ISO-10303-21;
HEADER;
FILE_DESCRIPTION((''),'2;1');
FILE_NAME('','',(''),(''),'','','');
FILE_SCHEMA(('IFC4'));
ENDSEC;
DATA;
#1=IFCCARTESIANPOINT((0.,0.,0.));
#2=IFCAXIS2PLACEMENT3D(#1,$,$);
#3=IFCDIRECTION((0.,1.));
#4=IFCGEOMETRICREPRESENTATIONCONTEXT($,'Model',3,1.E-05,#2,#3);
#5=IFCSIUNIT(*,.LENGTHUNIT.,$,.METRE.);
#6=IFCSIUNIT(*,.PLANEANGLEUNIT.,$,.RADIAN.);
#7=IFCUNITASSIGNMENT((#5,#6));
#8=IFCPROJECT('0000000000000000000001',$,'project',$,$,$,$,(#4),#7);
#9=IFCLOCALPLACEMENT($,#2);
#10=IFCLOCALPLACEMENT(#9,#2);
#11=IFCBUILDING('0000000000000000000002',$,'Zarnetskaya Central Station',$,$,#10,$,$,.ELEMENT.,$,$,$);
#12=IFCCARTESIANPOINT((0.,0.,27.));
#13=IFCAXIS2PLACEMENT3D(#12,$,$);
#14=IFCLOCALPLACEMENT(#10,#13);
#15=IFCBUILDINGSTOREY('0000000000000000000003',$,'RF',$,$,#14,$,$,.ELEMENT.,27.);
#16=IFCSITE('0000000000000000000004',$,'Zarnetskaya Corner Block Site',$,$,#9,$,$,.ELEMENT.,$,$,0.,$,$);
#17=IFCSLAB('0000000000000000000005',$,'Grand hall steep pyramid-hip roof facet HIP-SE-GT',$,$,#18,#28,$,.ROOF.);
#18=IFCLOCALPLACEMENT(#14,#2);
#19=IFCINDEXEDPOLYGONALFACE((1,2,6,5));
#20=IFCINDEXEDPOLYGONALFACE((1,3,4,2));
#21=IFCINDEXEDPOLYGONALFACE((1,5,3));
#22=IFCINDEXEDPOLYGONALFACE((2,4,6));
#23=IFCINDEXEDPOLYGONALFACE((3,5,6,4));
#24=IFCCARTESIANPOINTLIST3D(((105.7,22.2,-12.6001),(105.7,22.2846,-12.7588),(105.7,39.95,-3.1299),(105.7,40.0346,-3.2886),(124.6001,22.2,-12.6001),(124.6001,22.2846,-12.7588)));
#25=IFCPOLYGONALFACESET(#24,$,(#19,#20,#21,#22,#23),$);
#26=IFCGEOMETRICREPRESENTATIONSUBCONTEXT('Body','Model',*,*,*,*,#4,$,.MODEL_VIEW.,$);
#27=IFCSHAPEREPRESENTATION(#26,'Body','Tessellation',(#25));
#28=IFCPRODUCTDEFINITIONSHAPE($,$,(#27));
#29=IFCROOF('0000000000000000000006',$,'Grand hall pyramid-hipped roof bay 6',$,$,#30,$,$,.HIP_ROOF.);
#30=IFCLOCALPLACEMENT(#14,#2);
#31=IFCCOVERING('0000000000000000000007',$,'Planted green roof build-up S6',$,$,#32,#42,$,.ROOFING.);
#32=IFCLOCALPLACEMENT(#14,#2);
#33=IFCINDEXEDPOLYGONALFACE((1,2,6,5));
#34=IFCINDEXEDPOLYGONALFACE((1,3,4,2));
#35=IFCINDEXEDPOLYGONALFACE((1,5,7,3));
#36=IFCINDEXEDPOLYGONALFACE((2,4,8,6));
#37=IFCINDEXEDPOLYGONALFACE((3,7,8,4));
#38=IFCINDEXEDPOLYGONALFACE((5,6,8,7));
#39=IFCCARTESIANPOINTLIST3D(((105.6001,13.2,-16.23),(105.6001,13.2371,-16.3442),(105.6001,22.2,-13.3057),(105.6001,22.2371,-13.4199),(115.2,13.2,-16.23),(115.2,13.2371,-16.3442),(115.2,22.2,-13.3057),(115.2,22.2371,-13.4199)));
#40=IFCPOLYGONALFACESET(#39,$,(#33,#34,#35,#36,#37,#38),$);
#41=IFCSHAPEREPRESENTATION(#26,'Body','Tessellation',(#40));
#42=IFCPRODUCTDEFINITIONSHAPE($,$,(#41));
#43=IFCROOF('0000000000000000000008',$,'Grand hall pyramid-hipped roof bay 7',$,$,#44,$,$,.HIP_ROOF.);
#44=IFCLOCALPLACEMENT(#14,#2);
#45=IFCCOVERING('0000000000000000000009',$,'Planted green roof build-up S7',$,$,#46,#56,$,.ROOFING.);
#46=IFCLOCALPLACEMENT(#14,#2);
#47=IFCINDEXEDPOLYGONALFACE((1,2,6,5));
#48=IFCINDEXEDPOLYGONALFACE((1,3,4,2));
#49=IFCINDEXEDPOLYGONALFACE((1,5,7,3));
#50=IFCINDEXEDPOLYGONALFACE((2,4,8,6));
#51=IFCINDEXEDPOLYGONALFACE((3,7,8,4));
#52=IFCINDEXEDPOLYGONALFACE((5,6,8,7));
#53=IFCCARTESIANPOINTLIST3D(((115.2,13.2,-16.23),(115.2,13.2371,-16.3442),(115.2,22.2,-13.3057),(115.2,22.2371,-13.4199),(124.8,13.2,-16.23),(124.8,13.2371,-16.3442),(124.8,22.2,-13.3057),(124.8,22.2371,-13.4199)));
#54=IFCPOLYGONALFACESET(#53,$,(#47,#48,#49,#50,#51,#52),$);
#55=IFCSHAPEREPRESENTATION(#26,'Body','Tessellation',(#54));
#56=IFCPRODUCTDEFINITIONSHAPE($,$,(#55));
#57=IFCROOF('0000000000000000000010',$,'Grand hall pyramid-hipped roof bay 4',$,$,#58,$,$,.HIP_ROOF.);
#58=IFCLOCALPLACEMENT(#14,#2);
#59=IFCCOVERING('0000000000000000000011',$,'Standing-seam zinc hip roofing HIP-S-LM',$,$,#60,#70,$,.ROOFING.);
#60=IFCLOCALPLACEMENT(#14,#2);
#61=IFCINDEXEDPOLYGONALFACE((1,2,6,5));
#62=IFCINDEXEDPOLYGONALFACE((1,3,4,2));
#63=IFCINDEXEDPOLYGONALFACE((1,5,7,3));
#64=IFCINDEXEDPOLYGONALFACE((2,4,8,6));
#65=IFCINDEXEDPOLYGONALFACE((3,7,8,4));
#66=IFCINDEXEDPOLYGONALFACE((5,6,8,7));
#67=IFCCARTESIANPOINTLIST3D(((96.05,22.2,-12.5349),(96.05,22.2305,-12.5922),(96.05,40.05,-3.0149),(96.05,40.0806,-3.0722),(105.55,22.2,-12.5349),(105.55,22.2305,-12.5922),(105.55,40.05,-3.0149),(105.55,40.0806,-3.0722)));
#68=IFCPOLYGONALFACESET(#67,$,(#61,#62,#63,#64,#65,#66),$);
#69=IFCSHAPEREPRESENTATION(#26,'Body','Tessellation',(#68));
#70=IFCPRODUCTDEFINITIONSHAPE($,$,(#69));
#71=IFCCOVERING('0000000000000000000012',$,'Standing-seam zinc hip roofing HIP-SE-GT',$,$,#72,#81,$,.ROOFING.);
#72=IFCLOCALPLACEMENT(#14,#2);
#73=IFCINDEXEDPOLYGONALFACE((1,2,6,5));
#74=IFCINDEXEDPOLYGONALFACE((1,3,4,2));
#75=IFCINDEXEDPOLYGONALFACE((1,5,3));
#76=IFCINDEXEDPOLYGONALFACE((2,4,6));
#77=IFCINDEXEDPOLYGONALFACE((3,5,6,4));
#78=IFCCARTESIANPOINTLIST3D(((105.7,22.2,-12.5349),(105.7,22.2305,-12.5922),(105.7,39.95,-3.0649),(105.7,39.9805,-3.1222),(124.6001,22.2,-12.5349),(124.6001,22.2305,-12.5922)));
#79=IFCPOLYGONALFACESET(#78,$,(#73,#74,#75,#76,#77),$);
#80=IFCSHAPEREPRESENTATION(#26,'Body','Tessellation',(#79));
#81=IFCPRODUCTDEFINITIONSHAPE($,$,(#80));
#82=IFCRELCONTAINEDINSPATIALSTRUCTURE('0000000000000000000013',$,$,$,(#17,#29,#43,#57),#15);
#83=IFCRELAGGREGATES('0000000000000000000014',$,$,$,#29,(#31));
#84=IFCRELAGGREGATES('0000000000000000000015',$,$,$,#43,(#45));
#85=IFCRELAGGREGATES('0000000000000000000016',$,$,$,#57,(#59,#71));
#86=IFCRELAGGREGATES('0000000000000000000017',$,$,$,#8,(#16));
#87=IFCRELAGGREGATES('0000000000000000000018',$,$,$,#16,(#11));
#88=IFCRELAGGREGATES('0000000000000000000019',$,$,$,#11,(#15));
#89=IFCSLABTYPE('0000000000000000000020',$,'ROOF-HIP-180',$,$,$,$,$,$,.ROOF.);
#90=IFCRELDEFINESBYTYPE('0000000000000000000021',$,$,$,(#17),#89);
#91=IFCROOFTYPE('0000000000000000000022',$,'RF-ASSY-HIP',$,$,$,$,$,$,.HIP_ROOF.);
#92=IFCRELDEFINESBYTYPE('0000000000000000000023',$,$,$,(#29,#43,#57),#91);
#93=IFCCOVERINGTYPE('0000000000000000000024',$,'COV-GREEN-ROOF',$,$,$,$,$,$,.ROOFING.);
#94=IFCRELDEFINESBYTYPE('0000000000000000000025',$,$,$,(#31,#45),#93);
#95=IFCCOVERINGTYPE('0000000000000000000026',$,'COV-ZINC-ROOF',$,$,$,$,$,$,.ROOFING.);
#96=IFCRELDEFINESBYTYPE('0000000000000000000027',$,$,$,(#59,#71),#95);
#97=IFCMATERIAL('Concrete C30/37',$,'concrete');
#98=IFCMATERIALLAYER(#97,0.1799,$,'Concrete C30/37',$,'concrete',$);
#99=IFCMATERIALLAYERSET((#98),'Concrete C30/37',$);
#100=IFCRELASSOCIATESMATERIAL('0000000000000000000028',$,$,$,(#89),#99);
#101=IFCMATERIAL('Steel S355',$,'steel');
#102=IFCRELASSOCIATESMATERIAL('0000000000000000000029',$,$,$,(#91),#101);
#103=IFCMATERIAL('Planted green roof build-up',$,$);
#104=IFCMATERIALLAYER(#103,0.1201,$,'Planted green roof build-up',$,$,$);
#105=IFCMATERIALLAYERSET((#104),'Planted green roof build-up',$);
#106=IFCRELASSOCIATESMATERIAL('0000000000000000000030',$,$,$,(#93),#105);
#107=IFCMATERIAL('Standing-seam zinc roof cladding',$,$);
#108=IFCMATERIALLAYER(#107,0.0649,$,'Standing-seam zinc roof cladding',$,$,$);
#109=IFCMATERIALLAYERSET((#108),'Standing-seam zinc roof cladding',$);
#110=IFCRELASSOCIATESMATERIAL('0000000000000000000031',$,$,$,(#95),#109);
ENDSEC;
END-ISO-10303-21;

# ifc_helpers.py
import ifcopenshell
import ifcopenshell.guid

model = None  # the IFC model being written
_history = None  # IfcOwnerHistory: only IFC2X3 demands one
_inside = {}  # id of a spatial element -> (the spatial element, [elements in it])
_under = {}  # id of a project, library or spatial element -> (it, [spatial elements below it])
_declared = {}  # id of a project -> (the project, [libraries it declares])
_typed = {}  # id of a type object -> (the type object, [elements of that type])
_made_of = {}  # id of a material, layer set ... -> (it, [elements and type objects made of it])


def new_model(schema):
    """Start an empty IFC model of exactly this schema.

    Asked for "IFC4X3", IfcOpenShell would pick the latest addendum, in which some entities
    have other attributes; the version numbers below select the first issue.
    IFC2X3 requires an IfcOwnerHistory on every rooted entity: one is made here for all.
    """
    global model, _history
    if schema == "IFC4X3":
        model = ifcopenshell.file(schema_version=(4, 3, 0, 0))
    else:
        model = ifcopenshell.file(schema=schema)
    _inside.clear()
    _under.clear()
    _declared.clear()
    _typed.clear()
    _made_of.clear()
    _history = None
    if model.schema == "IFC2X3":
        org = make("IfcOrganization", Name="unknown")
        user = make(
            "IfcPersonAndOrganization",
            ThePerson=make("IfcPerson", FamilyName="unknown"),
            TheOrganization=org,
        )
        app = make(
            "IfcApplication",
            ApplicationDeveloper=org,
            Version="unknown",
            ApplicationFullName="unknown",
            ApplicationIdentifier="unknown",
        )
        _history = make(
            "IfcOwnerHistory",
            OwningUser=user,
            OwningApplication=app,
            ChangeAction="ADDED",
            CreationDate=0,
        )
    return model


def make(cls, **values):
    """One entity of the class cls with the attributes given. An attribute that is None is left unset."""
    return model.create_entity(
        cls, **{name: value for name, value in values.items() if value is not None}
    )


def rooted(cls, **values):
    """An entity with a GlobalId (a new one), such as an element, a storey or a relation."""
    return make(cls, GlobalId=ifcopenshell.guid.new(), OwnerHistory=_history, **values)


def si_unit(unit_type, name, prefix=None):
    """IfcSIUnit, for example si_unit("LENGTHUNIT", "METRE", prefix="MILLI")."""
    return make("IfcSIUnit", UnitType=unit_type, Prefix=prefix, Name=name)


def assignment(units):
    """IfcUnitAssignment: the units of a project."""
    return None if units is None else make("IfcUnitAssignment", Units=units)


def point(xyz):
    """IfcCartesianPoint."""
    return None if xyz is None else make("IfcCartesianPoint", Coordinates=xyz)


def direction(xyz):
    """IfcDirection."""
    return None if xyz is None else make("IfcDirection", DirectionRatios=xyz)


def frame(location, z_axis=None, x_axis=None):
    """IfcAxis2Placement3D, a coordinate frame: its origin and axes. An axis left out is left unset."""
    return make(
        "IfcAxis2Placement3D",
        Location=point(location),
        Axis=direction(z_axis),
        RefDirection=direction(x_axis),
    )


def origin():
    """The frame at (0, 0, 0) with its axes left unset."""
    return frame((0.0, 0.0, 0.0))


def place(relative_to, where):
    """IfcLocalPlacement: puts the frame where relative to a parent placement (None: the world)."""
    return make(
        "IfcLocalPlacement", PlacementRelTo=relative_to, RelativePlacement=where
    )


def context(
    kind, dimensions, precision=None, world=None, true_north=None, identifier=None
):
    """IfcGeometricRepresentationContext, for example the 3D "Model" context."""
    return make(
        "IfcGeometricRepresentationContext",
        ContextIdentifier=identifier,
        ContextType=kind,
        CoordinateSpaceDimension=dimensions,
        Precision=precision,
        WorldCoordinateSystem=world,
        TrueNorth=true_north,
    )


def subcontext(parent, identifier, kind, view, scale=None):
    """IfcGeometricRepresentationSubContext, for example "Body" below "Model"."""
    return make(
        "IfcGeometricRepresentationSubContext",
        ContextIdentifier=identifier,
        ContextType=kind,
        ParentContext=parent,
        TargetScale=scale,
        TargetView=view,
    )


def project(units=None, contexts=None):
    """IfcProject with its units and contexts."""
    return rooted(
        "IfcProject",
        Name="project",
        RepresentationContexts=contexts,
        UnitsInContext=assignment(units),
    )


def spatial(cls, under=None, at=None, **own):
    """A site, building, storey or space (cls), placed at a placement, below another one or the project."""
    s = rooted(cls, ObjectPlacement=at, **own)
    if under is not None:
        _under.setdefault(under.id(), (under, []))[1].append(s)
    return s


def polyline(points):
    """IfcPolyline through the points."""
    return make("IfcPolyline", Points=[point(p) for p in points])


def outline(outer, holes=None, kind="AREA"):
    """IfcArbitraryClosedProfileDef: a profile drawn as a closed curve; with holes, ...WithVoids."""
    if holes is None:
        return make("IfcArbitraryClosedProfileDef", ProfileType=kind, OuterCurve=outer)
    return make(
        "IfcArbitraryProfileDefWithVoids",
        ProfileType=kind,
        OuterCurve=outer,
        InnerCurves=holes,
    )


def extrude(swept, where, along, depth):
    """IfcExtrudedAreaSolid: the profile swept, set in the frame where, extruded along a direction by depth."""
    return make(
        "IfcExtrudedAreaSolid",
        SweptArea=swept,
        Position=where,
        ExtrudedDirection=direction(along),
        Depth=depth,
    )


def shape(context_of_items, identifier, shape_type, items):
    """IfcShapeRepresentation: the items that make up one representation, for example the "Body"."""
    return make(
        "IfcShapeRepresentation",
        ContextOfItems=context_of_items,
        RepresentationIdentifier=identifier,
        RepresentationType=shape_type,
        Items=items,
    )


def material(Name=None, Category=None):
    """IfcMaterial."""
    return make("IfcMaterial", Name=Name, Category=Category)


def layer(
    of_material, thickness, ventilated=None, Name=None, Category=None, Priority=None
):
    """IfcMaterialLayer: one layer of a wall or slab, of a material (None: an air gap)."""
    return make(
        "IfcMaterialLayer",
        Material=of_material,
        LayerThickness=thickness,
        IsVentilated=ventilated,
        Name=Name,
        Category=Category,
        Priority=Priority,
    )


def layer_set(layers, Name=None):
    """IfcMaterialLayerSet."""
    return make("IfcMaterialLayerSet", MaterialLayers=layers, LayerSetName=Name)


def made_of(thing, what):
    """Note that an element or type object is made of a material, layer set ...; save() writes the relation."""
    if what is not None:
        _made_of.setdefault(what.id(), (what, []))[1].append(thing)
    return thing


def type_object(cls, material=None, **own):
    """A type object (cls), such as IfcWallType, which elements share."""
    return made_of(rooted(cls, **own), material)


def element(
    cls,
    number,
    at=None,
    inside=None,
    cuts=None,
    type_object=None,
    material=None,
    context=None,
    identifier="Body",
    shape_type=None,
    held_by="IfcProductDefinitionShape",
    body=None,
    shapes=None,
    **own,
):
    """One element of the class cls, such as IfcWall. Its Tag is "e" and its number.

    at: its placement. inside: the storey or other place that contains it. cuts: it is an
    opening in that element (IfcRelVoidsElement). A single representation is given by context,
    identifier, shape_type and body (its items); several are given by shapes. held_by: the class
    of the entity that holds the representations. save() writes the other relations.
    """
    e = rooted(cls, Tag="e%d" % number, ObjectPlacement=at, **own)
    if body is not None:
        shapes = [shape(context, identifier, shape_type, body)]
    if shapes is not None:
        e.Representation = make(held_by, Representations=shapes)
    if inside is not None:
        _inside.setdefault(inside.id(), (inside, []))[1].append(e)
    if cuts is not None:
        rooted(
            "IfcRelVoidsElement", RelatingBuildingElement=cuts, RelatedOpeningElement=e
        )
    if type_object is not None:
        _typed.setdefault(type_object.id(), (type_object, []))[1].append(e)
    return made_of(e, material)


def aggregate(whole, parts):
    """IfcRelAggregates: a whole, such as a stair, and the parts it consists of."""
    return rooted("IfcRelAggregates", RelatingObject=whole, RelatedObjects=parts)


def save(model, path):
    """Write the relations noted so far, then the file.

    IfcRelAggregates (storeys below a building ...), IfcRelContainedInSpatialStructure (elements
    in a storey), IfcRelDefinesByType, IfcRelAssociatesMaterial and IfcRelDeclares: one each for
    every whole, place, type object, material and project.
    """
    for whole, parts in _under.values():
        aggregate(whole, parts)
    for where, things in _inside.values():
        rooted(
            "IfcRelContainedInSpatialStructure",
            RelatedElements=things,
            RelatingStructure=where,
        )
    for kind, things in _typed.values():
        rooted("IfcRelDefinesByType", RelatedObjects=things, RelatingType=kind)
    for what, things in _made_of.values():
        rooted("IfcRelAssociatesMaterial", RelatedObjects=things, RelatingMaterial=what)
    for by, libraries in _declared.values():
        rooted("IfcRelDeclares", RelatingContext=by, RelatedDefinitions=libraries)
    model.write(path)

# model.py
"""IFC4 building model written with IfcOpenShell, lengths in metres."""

from ifc_helpers import new_model, si_unit, direction, frame, origin, place, context, subcontext, project, spatial, polyline, outline, extrude, material, layer, layer_set, type_object, element, aggregate, save


model = new_model("IFC4")

# Units and contexts
model_context = context("Model", 3, precision=1e-05, world=origin(), true_north=direction((0.0, 1.0)))
body_context = subcontext(model_context, "Body", "Model", "MODEL_VIEW")
ifc_project = project(units=[si_unit("LENGTHUNIT", "METRE"), si_unit("PLANEANGLEUNIT", "RADIAN")], contexts=[model_context])

# Site, building, storey
site_placement = place(None, origin())
site = spatial("IfcSite", under=ifc_project, at=site_placement, Name="Zarnetskaya Corner Block Site", CompositionType="ELEMENT", RefElevation=0.0)
building_placement = place(site_placement, origin())
building = spatial("IfcBuilding", under=site, at=building_placement, Name="Zarnetskaya Central Station", CompositionType="ELEMENT")
storey_placement = place(building_placement, frame((0.0, 0.0, 27.0)))
storey = spatial("IfcBuildingStorey", under=building, at=storey_placement, Name="RF", CompositionType="ELEMENT", Elevation=27.0)

# Shared definitions
ifc_material_1 = material(Name="Steel S355", Category="steel")

# Slab
ifc_material_2 = material(Name="Concrete C30/37", Category="concrete")
ifc_layer_1 = layer(ifc_material_2, 0.1799, Name="Concrete C30/37", Category="concrete")
ifc_layer_set_1 = layer_set([ifc_layer_1], Name="Concrete C30/37")
slab_type_1 = type_object("IfcSlabType", Name="ROOF-HIP-180", PredefinedType="ROOF", material=ifc_layer_set_1)
slab_1_placement = place(storey_placement, frame((105.7, 22.2, -12.6001), z_axis=(0.0, -0.470726, 0.88228), x_axis=(1.0, 0.0, 0.0)))
element("IfcSlab", 1, at=slab_1_placement, inside=storey, type_object=slab_type_1, Name="Grand hall steep pyramid-hip roof facet HIP-SE-GT", PredefinedType="ROOF", context=body_context, shape_type="SweptSolid", body=[
    extrude(outline(polyline([(0.0, 0.0), (18.9001, 0.0), (0.0, 20.1183), (0.0, 0.0)])), origin(), (0.0, 0.0, -1.0), 0.1799),
])

# Roofs, coverings
roof_type = type_object("IfcRoofType", Name="RF-ASSY-HIP", PredefinedType="HIP_ROOF", material=ifc_material_1)
roof_1_placement = place(storey_placement, origin())
roof_1 = element("IfcRoof", 2, at=roof_1_placement, inside=storey, type_object=roof_type, Name="Grand hall pyramid-hipped roof bay 6", PredefinedType="HIP_ROOF")
ifc_material_3 = material(Name="Planted green roof build-up")
ifc_layer_2 = layer(ifc_material_3, 0.1201, Name="Planted green roof build-up")
ifc_layer_set_2 = layer_set([ifc_layer_2], Name="Planted green roof build-up")
covering_type_1 = type_object("IfcCoveringType", Name="COV-GREEN-ROOF", PredefinedType="ROOFING", material=ifc_layer_set_2)
covering_1_placement = place(storey_placement, frame((105.6001, 13.2, -16.23), z_axis=(0.0, -0.309021, 0.951055), x_axis=(1.0, 0.0, 0.0)))
covering_1 = element("IfcCovering", 3, at=covering_1_placement, type_object=covering_type_1, Name="Planted green roof build-up S6", PredefinedType="ROOFING", context=body_context, shape_type="SweptSolid", body=[
    extrude(outline(polyline([(0.0, 0.0), (9.5999, 0.0), (9.5999, 9.4632), (0.0, 9.4632), (0.0, 0.0)])), origin(), (0.0, 0.0, -1.0), 0.1201),
])
aggregate(roof_1, [covering_1])
roof_2_placement = place(storey_placement, origin())
roof_2 = element("IfcRoof", 4, at=roof_2_placement, inside=storey, type_object=roof_type, Name="Grand hall pyramid-hipped roof bay 7", PredefinedType="HIP_ROOF")
covering_2_placement = place(storey_placement, frame((115.2, 13.2, -16.23), z_axis=(0.0, -0.309021, 0.951055), x_axis=(1.0, 0.0, 0.0)))
covering_2 = element("IfcCovering", 5, at=covering_2_placement, type_object=covering_type_1, Name="Planted green roof build-up S7", PredefinedType="ROOFING", context=body_context, shape_type="SweptSolid", body=[
    extrude(outline(polyline([(0.0, 0.0), (9.6001, 0.0), (9.6001, 9.4632), (0.0, 9.4632), (0.0, 0.0)])), origin(), (0.0, 0.0, -1.0), 0.1201),
])
aggregate(roof_2, [covering_2])

# Roof, coverings
roof_3_placement = place(storey_placement, origin())
roof_3 = element("IfcRoof", 6, at=roof_3_placement, inside=storey, type_object=roof_type, Name="Grand hall pyramid-hipped roof bay 4", PredefinedType="HIP_ROOF")
ifc_material_4 = material(Name="Standing-seam zinc roof cladding")
ifc_layer_3 = layer(ifc_material_4, 0.0649, Name="Standing-seam zinc roof cladding")
ifc_layer_set_3 = layer_set([ifc_layer_3], Name="Standing-seam zinc roof cladding")
covering_type_2 = type_object("IfcCoveringType", Name="COV-ZINC-ROOF", PredefinedType="ROOFING", material=ifc_layer_set_3)
covering_3_placement = place(storey_placement, frame((96.05, 22.2, -12.5349), z_axis=(0.0, -0.470587, 0.882354), x_axis=(1.0, 0.0, 0.0)))
covering_3 = element("IfcCovering", 7, at=covering_3_placement, type_object=covering_type_2, Name="Standing-seam zinc hip roofing HIP-S-LM", PredefinedType="ROOFING", context=body_context, shape_type="SweptSolid", body=[
    extrude(outline(polyline([(0.0, 0.0), (9.5, 0.0), (9.5, 20.2301), (0.0, 20.2301), (0.0, 0.0)])), origin(), (0.0, 0.0, -1.0), 0.0649),
])
covering_4_placement = place(storey_placement, frame((105.7, 22.2, -12.5349), z_axis=(0.0, -0.470716, 0.882285), x_axis=(1.0, 0.0, 0.0)))
covering_4 = element("IfcCovering", 8, at=covering_4_placement, type_object=covering_type_2, Name="Standing-seam zinc hip roofing HIP-SE-GT", PredefinedType="ROOFING", context=body_context, shape_type="SweptSolid", body=[
    extrude(outline(polyline([(0.0, 0.0), (18.9001, 0.0), (0.0, 20.1182), (0.0, 0.0)])), origin(), (0.0, 0.0, -1.0), 0.0649),
])
aggregate(roof_3, [covering_3, covering_4])

save(model, "model.ifc")
